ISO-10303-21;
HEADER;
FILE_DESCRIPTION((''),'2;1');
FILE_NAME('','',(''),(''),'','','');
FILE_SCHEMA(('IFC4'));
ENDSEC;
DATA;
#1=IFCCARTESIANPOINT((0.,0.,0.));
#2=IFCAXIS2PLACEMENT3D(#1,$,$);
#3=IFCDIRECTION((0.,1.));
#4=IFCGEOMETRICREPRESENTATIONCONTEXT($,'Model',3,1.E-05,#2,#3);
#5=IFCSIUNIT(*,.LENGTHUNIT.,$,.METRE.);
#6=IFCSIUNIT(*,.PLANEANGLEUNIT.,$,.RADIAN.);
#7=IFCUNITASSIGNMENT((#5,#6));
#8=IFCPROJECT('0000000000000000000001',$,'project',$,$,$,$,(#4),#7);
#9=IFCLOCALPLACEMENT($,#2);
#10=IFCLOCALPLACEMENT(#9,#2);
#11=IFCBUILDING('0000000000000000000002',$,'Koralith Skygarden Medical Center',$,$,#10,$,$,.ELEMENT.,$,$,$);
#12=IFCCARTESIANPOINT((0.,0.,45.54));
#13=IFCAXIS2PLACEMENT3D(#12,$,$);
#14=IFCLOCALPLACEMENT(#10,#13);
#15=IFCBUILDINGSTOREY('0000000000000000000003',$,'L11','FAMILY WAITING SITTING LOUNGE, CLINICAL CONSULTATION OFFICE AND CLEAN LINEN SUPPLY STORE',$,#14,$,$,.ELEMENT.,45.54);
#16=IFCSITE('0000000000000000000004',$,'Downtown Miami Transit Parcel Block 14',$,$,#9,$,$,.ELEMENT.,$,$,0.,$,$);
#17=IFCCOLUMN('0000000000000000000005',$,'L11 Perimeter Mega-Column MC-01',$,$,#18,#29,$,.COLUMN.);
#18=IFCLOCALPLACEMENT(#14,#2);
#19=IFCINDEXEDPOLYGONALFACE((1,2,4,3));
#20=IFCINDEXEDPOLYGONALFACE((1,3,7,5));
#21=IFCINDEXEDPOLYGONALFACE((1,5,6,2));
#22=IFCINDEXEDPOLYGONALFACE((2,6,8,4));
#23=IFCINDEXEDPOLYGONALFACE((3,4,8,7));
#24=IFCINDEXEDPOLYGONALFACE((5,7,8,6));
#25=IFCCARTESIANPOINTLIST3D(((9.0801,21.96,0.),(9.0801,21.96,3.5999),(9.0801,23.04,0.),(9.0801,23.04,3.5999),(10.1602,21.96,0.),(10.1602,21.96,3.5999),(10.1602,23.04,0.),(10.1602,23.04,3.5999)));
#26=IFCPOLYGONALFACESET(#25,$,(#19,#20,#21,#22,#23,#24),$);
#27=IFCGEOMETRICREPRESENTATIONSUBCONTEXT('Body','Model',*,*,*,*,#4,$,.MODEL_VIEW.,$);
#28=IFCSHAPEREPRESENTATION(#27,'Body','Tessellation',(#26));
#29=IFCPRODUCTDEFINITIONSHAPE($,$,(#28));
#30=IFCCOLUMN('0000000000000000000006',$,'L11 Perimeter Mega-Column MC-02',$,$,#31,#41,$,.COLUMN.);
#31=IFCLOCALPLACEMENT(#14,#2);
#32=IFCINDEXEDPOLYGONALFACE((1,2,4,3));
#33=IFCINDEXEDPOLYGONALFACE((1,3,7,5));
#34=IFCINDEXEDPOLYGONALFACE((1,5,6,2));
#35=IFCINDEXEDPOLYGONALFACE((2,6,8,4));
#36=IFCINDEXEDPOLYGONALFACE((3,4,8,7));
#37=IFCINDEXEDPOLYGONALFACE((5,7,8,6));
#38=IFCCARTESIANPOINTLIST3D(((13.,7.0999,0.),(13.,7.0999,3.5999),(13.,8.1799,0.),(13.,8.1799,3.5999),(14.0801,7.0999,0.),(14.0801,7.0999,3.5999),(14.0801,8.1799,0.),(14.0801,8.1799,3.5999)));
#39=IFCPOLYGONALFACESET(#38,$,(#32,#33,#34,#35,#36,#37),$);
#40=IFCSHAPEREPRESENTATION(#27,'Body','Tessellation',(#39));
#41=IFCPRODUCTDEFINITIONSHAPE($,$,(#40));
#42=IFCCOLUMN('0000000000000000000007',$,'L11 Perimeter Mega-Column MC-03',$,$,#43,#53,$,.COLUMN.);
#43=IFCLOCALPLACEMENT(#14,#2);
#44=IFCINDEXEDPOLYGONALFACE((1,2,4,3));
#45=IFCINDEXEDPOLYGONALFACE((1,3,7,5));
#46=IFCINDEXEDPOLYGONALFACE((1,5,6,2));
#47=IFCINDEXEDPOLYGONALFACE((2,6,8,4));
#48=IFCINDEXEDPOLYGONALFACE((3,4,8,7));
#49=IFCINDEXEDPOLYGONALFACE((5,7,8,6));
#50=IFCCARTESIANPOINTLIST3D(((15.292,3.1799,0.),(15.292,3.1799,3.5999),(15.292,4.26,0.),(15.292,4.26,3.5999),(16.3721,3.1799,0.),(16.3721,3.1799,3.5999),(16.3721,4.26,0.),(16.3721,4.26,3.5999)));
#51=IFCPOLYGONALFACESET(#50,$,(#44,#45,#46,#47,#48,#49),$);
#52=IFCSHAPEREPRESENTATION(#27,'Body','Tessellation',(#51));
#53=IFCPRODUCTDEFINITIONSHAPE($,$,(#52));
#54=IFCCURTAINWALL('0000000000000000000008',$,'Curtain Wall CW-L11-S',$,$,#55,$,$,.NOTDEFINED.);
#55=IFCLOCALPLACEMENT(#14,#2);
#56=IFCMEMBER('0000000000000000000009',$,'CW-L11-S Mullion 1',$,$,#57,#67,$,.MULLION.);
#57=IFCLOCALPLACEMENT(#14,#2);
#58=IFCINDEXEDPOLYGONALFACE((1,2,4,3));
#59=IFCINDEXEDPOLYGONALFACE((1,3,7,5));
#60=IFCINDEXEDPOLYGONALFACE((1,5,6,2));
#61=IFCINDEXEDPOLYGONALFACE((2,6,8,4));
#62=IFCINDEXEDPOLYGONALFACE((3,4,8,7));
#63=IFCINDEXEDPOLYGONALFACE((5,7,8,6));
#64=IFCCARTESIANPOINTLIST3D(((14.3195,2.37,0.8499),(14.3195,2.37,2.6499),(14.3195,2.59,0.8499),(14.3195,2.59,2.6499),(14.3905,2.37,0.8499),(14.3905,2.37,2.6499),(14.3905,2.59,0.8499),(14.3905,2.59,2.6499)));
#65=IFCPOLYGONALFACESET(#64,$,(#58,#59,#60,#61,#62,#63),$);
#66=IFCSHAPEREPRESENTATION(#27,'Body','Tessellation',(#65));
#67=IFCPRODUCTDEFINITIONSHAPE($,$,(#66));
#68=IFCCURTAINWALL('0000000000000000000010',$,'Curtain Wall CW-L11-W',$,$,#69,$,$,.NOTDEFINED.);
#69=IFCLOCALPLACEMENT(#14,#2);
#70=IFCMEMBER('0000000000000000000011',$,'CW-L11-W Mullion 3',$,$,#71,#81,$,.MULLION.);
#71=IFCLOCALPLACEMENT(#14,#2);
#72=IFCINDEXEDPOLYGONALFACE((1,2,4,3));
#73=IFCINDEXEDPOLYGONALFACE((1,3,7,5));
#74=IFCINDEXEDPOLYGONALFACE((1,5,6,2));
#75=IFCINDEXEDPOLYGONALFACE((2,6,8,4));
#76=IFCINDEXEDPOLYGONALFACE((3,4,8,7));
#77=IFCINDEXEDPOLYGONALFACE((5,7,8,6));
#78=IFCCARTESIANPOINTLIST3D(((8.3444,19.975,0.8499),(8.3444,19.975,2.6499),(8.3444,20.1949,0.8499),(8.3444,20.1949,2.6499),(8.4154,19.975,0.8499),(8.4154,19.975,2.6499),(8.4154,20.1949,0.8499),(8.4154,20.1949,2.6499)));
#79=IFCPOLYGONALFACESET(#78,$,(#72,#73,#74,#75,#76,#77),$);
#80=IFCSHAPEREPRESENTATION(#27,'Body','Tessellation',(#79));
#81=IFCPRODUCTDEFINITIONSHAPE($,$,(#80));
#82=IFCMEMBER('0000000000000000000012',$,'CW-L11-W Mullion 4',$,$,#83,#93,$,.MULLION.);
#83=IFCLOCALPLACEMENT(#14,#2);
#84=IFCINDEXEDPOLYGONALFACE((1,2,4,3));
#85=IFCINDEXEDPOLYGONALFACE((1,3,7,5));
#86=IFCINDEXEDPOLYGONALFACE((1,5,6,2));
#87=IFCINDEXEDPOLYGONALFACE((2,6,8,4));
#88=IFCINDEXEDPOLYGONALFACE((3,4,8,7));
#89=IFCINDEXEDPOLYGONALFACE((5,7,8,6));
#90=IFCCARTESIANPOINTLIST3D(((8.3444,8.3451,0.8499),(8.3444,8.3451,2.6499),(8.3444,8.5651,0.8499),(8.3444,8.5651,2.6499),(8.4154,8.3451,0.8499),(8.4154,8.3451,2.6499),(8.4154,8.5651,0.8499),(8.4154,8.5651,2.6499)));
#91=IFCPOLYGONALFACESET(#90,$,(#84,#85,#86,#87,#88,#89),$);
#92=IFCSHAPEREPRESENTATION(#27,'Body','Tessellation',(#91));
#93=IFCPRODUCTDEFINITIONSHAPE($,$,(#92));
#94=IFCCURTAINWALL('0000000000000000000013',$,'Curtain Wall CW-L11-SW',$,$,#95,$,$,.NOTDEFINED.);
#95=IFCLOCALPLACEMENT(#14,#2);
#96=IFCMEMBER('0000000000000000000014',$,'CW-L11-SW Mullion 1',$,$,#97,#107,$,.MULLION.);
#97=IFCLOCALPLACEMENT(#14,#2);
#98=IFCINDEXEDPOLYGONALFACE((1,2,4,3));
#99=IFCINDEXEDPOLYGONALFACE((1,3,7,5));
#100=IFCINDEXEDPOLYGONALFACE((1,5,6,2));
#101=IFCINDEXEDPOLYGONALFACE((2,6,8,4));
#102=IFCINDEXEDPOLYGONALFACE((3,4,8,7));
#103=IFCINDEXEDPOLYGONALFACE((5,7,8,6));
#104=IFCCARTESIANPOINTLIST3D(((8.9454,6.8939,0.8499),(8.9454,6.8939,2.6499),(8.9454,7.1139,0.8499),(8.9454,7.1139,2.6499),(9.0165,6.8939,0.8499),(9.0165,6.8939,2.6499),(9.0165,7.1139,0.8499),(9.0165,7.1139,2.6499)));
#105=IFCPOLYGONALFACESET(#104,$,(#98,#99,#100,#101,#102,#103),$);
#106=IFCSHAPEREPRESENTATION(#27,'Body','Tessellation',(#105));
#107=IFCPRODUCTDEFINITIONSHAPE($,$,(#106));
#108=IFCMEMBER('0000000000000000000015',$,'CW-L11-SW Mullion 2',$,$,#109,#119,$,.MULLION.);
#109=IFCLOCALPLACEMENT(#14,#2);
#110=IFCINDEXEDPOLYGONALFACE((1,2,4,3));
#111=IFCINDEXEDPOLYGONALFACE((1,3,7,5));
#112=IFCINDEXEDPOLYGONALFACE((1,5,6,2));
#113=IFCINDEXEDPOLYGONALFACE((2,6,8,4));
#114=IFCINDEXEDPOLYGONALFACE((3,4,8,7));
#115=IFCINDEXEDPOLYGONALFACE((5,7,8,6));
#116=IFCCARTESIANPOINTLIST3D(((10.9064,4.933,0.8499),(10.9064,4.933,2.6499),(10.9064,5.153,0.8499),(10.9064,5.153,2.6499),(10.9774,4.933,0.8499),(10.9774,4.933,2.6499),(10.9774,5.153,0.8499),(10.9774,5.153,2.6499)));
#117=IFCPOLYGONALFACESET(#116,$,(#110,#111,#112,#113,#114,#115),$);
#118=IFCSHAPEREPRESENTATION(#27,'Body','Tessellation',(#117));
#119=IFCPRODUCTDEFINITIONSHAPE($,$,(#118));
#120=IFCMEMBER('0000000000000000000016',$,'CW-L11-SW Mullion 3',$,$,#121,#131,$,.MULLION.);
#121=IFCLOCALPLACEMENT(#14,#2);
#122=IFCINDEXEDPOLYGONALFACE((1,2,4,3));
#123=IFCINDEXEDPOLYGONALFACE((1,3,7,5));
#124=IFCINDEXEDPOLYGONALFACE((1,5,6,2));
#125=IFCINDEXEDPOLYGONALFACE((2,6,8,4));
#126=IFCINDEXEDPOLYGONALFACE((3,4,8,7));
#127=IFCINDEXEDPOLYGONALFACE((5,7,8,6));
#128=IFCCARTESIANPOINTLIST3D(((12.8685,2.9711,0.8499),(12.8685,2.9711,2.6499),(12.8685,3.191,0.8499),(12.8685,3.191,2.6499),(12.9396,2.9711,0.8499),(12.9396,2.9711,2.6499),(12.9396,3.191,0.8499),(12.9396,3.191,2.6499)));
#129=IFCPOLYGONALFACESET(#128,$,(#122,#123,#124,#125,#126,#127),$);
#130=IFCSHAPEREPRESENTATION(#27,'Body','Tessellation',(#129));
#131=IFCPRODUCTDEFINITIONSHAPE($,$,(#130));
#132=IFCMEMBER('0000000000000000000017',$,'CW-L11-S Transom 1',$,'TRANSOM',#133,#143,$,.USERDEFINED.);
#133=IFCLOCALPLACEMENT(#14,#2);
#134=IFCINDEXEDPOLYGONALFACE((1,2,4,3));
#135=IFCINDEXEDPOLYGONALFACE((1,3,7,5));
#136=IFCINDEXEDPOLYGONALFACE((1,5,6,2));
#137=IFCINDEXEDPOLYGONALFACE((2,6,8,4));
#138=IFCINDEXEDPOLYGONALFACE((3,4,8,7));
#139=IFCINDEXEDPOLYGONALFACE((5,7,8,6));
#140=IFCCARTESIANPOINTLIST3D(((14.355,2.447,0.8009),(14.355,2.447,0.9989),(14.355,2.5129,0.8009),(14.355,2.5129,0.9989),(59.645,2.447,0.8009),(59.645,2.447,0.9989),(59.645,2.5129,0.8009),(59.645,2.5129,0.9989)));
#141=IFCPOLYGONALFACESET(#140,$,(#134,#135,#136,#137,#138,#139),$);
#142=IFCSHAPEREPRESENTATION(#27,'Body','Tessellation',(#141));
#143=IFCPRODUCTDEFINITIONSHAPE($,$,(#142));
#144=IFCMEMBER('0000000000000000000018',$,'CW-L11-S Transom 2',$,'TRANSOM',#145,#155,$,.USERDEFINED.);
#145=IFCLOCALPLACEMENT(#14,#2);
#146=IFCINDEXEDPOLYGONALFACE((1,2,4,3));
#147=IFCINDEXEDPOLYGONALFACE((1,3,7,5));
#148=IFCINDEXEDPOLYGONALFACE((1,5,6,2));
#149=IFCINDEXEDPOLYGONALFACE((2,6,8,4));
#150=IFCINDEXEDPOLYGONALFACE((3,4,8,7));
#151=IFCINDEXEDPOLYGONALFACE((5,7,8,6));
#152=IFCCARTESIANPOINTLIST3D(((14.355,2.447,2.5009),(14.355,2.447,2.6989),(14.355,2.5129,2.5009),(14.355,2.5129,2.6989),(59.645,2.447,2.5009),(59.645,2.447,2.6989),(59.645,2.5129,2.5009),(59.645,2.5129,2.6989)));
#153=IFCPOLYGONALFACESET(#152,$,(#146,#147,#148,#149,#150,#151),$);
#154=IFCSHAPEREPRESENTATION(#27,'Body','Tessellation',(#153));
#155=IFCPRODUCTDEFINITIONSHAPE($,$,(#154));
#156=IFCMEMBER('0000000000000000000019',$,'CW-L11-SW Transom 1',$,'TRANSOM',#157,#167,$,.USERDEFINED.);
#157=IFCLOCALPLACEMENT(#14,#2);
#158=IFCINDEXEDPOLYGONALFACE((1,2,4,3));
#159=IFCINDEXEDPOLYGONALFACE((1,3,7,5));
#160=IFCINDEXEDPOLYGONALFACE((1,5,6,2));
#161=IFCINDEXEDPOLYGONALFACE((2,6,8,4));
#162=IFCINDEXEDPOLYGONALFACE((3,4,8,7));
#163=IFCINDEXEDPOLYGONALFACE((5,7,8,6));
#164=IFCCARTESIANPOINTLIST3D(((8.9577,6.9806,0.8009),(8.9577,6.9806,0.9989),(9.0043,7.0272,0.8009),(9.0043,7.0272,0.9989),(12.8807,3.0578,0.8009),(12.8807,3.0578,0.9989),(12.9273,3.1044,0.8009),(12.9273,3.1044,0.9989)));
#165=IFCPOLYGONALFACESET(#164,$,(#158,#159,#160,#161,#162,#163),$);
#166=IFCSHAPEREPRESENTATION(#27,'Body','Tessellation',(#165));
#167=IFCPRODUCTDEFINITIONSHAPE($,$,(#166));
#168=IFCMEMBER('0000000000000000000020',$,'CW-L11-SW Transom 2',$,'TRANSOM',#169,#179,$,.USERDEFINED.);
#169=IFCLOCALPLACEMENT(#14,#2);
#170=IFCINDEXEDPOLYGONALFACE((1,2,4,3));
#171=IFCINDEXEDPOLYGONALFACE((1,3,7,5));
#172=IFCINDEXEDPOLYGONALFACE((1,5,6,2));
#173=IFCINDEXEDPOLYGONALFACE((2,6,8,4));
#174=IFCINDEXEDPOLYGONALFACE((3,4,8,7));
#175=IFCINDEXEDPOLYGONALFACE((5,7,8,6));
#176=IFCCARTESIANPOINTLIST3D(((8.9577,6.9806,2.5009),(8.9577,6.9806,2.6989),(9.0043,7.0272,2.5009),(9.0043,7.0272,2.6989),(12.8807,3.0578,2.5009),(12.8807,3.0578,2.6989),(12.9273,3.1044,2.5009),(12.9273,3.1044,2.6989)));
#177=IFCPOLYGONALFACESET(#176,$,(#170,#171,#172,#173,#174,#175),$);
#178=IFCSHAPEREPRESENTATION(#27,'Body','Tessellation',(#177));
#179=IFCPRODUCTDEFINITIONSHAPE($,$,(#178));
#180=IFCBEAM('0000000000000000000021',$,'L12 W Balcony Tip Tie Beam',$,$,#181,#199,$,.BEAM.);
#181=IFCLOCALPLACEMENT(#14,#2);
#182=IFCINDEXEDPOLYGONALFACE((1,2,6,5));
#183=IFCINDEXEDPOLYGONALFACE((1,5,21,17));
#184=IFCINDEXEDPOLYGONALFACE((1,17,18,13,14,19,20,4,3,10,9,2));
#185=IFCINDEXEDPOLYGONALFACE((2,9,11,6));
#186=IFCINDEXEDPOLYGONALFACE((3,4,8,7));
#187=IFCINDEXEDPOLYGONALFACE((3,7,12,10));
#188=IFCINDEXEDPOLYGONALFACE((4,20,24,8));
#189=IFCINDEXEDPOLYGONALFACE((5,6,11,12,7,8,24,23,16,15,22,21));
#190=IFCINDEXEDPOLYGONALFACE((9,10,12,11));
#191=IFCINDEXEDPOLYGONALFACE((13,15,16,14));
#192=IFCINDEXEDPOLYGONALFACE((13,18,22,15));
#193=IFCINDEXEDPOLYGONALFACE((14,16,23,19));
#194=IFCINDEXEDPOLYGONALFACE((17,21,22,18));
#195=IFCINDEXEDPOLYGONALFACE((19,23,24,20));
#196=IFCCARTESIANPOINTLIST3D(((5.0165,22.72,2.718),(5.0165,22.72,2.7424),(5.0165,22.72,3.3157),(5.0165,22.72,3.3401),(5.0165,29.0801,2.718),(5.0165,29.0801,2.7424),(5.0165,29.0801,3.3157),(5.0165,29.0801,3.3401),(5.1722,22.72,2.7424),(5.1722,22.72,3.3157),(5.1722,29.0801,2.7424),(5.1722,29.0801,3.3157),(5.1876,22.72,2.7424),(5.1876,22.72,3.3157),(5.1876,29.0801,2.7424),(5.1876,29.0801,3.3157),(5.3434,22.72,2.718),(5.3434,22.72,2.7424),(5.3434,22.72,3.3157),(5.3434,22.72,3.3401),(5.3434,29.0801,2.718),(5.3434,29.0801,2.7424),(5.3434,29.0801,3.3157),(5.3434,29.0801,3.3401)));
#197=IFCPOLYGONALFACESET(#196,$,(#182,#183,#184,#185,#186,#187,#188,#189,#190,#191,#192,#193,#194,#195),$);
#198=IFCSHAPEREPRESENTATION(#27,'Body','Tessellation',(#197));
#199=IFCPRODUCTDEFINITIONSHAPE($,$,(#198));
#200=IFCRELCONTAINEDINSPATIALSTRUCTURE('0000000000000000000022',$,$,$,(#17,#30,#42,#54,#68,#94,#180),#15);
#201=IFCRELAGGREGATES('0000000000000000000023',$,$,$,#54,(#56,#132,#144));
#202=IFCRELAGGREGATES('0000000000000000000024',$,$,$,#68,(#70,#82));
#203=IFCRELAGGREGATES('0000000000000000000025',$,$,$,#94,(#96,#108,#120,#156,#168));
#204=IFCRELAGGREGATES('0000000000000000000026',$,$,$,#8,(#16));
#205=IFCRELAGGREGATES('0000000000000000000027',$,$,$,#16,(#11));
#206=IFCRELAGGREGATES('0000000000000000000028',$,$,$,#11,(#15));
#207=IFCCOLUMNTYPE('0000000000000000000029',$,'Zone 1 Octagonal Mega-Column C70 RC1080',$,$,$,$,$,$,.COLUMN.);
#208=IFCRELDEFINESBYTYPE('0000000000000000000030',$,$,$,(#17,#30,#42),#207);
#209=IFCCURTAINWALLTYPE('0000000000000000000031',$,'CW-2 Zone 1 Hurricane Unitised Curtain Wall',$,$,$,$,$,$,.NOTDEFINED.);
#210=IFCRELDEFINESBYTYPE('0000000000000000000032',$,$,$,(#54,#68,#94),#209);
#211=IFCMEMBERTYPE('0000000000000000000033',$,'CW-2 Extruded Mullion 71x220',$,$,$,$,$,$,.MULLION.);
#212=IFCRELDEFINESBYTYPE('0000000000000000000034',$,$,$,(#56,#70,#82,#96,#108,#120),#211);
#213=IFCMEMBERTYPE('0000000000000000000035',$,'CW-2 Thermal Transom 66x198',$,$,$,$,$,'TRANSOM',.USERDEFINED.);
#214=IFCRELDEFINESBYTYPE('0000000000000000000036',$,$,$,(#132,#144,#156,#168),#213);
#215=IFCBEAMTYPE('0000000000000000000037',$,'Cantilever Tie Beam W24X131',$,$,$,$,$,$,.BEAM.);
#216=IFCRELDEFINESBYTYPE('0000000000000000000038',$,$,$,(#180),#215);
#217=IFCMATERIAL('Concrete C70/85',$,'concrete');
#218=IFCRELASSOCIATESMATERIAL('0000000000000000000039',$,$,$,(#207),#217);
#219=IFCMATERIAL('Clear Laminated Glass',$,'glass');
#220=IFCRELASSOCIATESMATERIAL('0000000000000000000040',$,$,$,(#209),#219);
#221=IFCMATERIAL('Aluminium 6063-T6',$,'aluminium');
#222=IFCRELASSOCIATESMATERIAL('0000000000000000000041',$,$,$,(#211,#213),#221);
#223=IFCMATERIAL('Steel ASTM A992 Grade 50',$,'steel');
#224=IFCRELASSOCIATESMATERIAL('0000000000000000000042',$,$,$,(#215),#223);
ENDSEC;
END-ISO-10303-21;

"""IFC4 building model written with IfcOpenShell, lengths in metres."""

from ifc_helpers import new_model, si_unit, direction, frame, origin, origin_2d, place, context, subcontext, project, spatial, rectangle, i_section, extrude, material, material_profile, profile_set, type_object, element, aggregate, save


model = new_model("IFC4")

# Units and contexts
model_context = context("Model", 3, precision=1e-05, world=origin(), true_north=direction((0.0, 1.0)))
body_context = subcontext(model_context, "Body", "Model", "MODEL_VIEW")
ifc_project = project(units=[si_unit("LENGTHUNIT", "METRE"), si_unit("PLANEANGLEUNIT", "RADIAN")], contexts=[model_context])

# Site, building, storey
site_placement = place(None, origin())
site = spatial("IfcSite", under=ifc_project, at=site_placement, Name="Downtown Miami Transit Parcel Block 14", CompositionType="ELEMENT", RefElevation=0.0)
building_placement = place(site_placement, origin())
building = spatial("IfcBuilding", under=site, at=building_placement, Name="Koralith Skygarden Medical Center", CompositionType="ELEMENT")
storey_placement = place(building_placement, frame((0.0, 0.0, 45.54)))
storey = spatial("IfcBuildingStorey", under=building, at=storey_placement, Name="L11", Description="FAMILY WAITING SITTING LOUNGE, CLINICAL CONSULTATION OFFICE AND CLEAN LINEN SUPPLY STORE", CompositionType="ELEMENT", Elevation=45.54)

# Columns
ifc_material_1 = material(Name="Concrete C70/85", Category="concrete")
ifc_material_profile_1 = material_profile(ifc_material_1, rectangle(XDim=1.0801, YDim=1.0801, at=origin_2d()), Name="RC1080X1080")
ifc_profile_set_1 = profile_set([ifc_material_profile_1], Name="Concrete C70/85")
column_type = type_object("IfcColumnType", Name="Zone 1 Octagonal Mega-Column C70 RC1080", PredefinedType="COLUMN", material=ifc_profile_set_1)
for number, where, z_axis, x_axis, name in (
    (1, (9.6201, 22.5, 0.0), (0.0, 0.0, 1.0), (1.0, 0.0, 0.0), "L11 Perimeter Mega-Column MC-01"),
    (2, (13.54, 7.6399, 0.0), (0.0, 0.0, 1.0), (1.0, 0.0, 0.0), "L11 Perimeter Mega-Column MC-02"),
    (3, (15.832, 3.72, 0.0), (0.0, 0.0, 1.0), (1.0, 0.0, 0.0), "L11 Perimeter Mega-Column MC-03"),
):
    element("IfcColumn", number, at=place(storey_placement, frame(where, z_axis=z_axis, x_axis=x_axis)), inside=storey, type_object=column_type, Name=name, PredefinedType="COLUMN", context=body_context, shape_type="SweptSolid", body=[
        extrude(rectangle(XDim=1.0801, YDim=1.0801, at=origin_2d()), origin(), (0.0, 0.0, 1.0), 3.5999),
    ])

# Curtain wall, member
ifc_material_2 = material(Name="Clear Laminated Glass", Category="glass")
curtain_wall_type = type_object("IfcCurtainWallType", Name="CW-2 Zone 1 Hurricane Unitised Curtain Wall", PredefinedType="NOTDEFINED", material=ifc_material_2)
curtain_wall_1_placement = place(storey_placement, origin())
curtain_wall_1 = element("IfcCurtainWall", 4, at=curtain_wall_1_placement, inside=storey, type_object=curtain_wall_type, Name="Curtain Wall CW-L11-S", PredefinedType="NOTDEFINED")
ifc_material_3 = material(Name="Aluminium 6063-T6", Category="aluminium")
ifc_material_profile_2 = material_profile(ifc_material_3, rectangle(XDim=0.071, YDim=0.22, at=origin_2d()), Name="MUL71X220")
ifc_profile_set_2 = profile_set([ifc_material_profile_2], Name="Aluminium 6063-T6")
member_type_1 = type_object("IfcMemberType", Name="CW-2 Extruded Mullion 71x220", PredefinedType="MULLION", material=ifc_profile_set_2)
member_1_placement = place(storey_placement, frame((14.355, 2.48, 0.8499), z_axis=(0.0, 0.0, 1.0), x_axis=(1.0, 0.0, 0.0)))
member_1 = element("IfcMember", 5, at=member_1_placement, type_object=member_type_1, Name="CW-L11-S Mullion 1", PredefinedType="MULLION", context=body_context, shape_type="SweptSolid", body=[
    extrude(rectangle(XDim=0.071, YDim=0.22, at=origin_2d()), origin(), (0.0, 0.0, 1.0), 1.8),
])

# Curtain walls, members
curtain_wall_2_placement = place(storey_placement, origin())
curtain_wall_2 = element("IfcCurtainWall", 6, at=curtain_wall_2_placement, inside=storey, type_object=curtain_wall_type, Name="Curtain Wall CW-L11-W", PredefinedType="NOTDEFINED")
member_2_placement = place(storey_placement, frame((8.3799, 20.085, 0.8499), z_axis=(0.0, 0.0, 1.0), x_axis=(1.0, 0.0, 0.0)))
member_2 = element("IfcMember", 7, at=member_2_placement, type_object=member_type_1, Name="CW-L11-W Mullion 3", PredefinedType="MULLION", context=body_context, shape_type="SweptSolid", body=[
    extrude(rectangle(XDim=0.071, YDim=0.22, at=origin_2d()), origin(), (0.0, 0.0, 1.0), 1.8),
])
member_3_placement = place(storey_placement, frame((8.3799, 8.4551, 0.8499), z_axis=(0.0, 0.0, 1.0), x_axis=(1.0, 0.0, 0.0)))
member_3 = element("IfcMember", 8, at=member_3_placement, type_object=member_type_1, Name="CW-L11-W Mullion 4", PredefinedType="MULLION", context=body_context, shape_type="SweptSolid", body=[
    extrude(rectangle(XDim=0.071, YDim=0.22, at=origin_2d()), origin(), (0.0, 0.0, 1.0), 1.8),
])
curtain_wall_3_placement = place(storey_placement, origin())
curtain_wall_3 = element("IfcCurtainWall", 9, at=curtain_wall_3_placement, inside=storey, type_object=curtain_wall_type, Name="Curtain Wall CW-L11-SW", PredefinedType="NOTDEFINED")
member_4_placement = place(storey_placement, frame((8.981, 7.0039, 0.8499), z_axis=(0.0, 0.0, 1.0), x_axis=(1.0, 0.0, 0.0)))
member_4 = element("IfcMember", 10, at=member_4_placement, type_object=member_type_1, Name="CW-L11-SW Mullion 1", PredefinedType="MULLION", context=body_context, shape_type="SweptSolid", body=[
    extrude(rectangle(XDim=0.071, YDim=0.22, at=origin_2d()), origin(), (0.0, 0.0, 1.0), 1.8),
])
member_5_placement = place(storey_placement, frame((10.9419, 5.043, 0.8499), z_axis=(0.0, 0.0, 1.0), x_axis=(1.0, 0.0, 0.0)))
member_5 = element("IfcMember", 11, at=member_5_placement, type_object=member_type_1, Name="CW-L11-SW Mullion 2", PredefinedType="MULLION", context=body_context, shape_type="SweptSolid", body=[
    extrude(rectangle(XDim=0.071, YDim=0.22, at=origin_2d()), origin(), (0.0, 0.0, 1.0), 1.8),
])
member_6_placement = place(storey_placement, frame((12.9041, 3.0811, 0.8499), z_axis=(0.0, 0.0, 1.0), x_axis=(1.0, 0.0, 0.0)))
member_6 = element("IfcMember", 12, at=member_6_placement, type_object=member_type_1, Name="CW-L11-SW Mullion 3", PredefinedType="MULLION", context=body_context, shape_type="SweptSolid", body=[
    extrude(rectangle(XDim=0.071, YDim=0.22, at=origin_2d()), origin(), (0.0, 0.0, 1.0), 1.8),
])

# Members
ifc_material_profile_3 = material_profile(ifc_material_3, rectangle(XDim=0.0659, YDim=0.198, at=origin_2d()), Name="TRN66X198")
ifc_profile_set_3 = profile_set([ifc_material_profile_3], Name="Aluminium 6063-T6")
member_type_2 = type_object("IfcMemberType", Name="CW-2 Thermal Transom 66x198", ElementType="TRANSOM", PredefinedType="USERDEFINED", material=ifc_profile_set_3)
member_7_placement = place(storey_placement, frame((14.355, 2.48, 0.8999), z_axis=(1.0, 0.0, 0.0), x_axis=(0.0, 1.0, 0.0)))
member_7 = element("IfcMember", 13, at=member_7_placement, type_object=member_type_2, Name="CW-L11-S Transom 1", ObjectType="TRANSOM", PredefinedType="USERDEFINED", context=body_context, shape_type="SweptSolid", body=[
    extrude(rectangle(XDim=0.0659, YDim=0.198, at=origin_2d()), origin(), (0.0, 0.0, 1.0), 45.29),
])
member_8_placement = place(storey_placement, frame((14.355, 2.48, 2.5999), z_axis=(1.0, 0.0, 0.0), x_axis=(0.0, 1.0, 0.0)))
member_8 = element("IfcMember", 14, at=member_8_placement, type_object=member_type_2, Name="CW-L11-S Transom 2", ObjectType="TRANSOM", PredefinedType="USERDEFINED", context=body_context, shape_type="SweptSolid", body=[
    extrude(rectangle(XDim=0.0659, YDim=0.198, at=origin_2d()), origin(), (0.0, 0.0, 1.0), 45.29),
])
member_9_placement = place(storey_placement, frame((8.981, 7.0039, 0.8999), z_axis=(0.707129, -0.707085, 0.0), x_axis=(0.707085, 0.707129, 0.0)))
member_9 = element("IfcMember", 15, at=member_9_placement, type_object=member_type_2, Name="CW-L11-SW Transom 1", ObjectType="TRANSOM", PredefinedType="USERDEFINED", context=body_context, shape_type="SweptSolid", body=[
    extrude(rectangle(XDim=0.0659, YDim=0.198, at=origin_2d()), origin(), (0.0, 0.0, 1.0), 5.5479),
])
member_10_placement = place(storey_placement, frame((8.981, 7.0039, 2.5999), z_axis=(0.707129, -0.707085, 0.0), x_axis=(0.707085, 0.707129, 0.0)))
member_10 = element("IfcMember", 16, at=member_10_placement, type_object=member_type_2, Name="CW-L11-SW Transom 2", ObjectType="TRANSOM", PredefinedType="USERDEFINED", context=body_context, shape_type="SweptSolid", body=[
    extrude(rectangle(XDim=0.0659, YDim=0.198, at=origin_2d()), origin(), (0.0, 0.0, 1.0), 5.5479),
])

# Beam
ifc_material_4 = material(Name="Steel ASTM A992 Grade 50", Category="steel")
ifc_material_profile_4 = material_profile(ifc_material_4, i_section(OverallWidth=0.3269, OverallDepth=0.6221, WebThickness=0.0154, FlangeThickness=0.0244, at=origin_2d()), Name="W24X131")
ifc_profile_set_4 = profile_set([ifc_material_profile_4], Name="Steel ASTM A992 Grade 50")
beam_type_1 = type_object("IfcBeamType", Name="Cantilever Tie Beam W24X131", PredefinedType="BEAM", material=ifc_profile_set_4)
beam_1_placement = place(storey_placement, frame((5.1799, 22.72, 3.0291), z_axis=(0.0, 1.0, 0.0), x_axis=(-1.0, 0.0, 0.0)))
element("IfcBeam", 17, at=beam_1_placement, inside=storey, type_object=beam_type_1, Name="L12 W Balcony Tip Tie Beam", PredefinedType="BEAM", context=body_context, shape_type="SweptSolid", body=[
    extrude(i_section(OverallWidth=0.3269, OverallDepth=0.6221, WebThickness=0.0154, FlangeThickness=0.0244, at=origin_2d()), origin(), (0.0, 0.0, 1.0), 6.3601),
])

aggregate(curtain_wall_1, [member_1, member_7, member_8])
aggregate(curtain_wall_2, [member_2, member_3])
aggregate(curtain_wall_3, [member_4, member_5, member_6, member_9, member_10])

save(model, "model.ifc")
